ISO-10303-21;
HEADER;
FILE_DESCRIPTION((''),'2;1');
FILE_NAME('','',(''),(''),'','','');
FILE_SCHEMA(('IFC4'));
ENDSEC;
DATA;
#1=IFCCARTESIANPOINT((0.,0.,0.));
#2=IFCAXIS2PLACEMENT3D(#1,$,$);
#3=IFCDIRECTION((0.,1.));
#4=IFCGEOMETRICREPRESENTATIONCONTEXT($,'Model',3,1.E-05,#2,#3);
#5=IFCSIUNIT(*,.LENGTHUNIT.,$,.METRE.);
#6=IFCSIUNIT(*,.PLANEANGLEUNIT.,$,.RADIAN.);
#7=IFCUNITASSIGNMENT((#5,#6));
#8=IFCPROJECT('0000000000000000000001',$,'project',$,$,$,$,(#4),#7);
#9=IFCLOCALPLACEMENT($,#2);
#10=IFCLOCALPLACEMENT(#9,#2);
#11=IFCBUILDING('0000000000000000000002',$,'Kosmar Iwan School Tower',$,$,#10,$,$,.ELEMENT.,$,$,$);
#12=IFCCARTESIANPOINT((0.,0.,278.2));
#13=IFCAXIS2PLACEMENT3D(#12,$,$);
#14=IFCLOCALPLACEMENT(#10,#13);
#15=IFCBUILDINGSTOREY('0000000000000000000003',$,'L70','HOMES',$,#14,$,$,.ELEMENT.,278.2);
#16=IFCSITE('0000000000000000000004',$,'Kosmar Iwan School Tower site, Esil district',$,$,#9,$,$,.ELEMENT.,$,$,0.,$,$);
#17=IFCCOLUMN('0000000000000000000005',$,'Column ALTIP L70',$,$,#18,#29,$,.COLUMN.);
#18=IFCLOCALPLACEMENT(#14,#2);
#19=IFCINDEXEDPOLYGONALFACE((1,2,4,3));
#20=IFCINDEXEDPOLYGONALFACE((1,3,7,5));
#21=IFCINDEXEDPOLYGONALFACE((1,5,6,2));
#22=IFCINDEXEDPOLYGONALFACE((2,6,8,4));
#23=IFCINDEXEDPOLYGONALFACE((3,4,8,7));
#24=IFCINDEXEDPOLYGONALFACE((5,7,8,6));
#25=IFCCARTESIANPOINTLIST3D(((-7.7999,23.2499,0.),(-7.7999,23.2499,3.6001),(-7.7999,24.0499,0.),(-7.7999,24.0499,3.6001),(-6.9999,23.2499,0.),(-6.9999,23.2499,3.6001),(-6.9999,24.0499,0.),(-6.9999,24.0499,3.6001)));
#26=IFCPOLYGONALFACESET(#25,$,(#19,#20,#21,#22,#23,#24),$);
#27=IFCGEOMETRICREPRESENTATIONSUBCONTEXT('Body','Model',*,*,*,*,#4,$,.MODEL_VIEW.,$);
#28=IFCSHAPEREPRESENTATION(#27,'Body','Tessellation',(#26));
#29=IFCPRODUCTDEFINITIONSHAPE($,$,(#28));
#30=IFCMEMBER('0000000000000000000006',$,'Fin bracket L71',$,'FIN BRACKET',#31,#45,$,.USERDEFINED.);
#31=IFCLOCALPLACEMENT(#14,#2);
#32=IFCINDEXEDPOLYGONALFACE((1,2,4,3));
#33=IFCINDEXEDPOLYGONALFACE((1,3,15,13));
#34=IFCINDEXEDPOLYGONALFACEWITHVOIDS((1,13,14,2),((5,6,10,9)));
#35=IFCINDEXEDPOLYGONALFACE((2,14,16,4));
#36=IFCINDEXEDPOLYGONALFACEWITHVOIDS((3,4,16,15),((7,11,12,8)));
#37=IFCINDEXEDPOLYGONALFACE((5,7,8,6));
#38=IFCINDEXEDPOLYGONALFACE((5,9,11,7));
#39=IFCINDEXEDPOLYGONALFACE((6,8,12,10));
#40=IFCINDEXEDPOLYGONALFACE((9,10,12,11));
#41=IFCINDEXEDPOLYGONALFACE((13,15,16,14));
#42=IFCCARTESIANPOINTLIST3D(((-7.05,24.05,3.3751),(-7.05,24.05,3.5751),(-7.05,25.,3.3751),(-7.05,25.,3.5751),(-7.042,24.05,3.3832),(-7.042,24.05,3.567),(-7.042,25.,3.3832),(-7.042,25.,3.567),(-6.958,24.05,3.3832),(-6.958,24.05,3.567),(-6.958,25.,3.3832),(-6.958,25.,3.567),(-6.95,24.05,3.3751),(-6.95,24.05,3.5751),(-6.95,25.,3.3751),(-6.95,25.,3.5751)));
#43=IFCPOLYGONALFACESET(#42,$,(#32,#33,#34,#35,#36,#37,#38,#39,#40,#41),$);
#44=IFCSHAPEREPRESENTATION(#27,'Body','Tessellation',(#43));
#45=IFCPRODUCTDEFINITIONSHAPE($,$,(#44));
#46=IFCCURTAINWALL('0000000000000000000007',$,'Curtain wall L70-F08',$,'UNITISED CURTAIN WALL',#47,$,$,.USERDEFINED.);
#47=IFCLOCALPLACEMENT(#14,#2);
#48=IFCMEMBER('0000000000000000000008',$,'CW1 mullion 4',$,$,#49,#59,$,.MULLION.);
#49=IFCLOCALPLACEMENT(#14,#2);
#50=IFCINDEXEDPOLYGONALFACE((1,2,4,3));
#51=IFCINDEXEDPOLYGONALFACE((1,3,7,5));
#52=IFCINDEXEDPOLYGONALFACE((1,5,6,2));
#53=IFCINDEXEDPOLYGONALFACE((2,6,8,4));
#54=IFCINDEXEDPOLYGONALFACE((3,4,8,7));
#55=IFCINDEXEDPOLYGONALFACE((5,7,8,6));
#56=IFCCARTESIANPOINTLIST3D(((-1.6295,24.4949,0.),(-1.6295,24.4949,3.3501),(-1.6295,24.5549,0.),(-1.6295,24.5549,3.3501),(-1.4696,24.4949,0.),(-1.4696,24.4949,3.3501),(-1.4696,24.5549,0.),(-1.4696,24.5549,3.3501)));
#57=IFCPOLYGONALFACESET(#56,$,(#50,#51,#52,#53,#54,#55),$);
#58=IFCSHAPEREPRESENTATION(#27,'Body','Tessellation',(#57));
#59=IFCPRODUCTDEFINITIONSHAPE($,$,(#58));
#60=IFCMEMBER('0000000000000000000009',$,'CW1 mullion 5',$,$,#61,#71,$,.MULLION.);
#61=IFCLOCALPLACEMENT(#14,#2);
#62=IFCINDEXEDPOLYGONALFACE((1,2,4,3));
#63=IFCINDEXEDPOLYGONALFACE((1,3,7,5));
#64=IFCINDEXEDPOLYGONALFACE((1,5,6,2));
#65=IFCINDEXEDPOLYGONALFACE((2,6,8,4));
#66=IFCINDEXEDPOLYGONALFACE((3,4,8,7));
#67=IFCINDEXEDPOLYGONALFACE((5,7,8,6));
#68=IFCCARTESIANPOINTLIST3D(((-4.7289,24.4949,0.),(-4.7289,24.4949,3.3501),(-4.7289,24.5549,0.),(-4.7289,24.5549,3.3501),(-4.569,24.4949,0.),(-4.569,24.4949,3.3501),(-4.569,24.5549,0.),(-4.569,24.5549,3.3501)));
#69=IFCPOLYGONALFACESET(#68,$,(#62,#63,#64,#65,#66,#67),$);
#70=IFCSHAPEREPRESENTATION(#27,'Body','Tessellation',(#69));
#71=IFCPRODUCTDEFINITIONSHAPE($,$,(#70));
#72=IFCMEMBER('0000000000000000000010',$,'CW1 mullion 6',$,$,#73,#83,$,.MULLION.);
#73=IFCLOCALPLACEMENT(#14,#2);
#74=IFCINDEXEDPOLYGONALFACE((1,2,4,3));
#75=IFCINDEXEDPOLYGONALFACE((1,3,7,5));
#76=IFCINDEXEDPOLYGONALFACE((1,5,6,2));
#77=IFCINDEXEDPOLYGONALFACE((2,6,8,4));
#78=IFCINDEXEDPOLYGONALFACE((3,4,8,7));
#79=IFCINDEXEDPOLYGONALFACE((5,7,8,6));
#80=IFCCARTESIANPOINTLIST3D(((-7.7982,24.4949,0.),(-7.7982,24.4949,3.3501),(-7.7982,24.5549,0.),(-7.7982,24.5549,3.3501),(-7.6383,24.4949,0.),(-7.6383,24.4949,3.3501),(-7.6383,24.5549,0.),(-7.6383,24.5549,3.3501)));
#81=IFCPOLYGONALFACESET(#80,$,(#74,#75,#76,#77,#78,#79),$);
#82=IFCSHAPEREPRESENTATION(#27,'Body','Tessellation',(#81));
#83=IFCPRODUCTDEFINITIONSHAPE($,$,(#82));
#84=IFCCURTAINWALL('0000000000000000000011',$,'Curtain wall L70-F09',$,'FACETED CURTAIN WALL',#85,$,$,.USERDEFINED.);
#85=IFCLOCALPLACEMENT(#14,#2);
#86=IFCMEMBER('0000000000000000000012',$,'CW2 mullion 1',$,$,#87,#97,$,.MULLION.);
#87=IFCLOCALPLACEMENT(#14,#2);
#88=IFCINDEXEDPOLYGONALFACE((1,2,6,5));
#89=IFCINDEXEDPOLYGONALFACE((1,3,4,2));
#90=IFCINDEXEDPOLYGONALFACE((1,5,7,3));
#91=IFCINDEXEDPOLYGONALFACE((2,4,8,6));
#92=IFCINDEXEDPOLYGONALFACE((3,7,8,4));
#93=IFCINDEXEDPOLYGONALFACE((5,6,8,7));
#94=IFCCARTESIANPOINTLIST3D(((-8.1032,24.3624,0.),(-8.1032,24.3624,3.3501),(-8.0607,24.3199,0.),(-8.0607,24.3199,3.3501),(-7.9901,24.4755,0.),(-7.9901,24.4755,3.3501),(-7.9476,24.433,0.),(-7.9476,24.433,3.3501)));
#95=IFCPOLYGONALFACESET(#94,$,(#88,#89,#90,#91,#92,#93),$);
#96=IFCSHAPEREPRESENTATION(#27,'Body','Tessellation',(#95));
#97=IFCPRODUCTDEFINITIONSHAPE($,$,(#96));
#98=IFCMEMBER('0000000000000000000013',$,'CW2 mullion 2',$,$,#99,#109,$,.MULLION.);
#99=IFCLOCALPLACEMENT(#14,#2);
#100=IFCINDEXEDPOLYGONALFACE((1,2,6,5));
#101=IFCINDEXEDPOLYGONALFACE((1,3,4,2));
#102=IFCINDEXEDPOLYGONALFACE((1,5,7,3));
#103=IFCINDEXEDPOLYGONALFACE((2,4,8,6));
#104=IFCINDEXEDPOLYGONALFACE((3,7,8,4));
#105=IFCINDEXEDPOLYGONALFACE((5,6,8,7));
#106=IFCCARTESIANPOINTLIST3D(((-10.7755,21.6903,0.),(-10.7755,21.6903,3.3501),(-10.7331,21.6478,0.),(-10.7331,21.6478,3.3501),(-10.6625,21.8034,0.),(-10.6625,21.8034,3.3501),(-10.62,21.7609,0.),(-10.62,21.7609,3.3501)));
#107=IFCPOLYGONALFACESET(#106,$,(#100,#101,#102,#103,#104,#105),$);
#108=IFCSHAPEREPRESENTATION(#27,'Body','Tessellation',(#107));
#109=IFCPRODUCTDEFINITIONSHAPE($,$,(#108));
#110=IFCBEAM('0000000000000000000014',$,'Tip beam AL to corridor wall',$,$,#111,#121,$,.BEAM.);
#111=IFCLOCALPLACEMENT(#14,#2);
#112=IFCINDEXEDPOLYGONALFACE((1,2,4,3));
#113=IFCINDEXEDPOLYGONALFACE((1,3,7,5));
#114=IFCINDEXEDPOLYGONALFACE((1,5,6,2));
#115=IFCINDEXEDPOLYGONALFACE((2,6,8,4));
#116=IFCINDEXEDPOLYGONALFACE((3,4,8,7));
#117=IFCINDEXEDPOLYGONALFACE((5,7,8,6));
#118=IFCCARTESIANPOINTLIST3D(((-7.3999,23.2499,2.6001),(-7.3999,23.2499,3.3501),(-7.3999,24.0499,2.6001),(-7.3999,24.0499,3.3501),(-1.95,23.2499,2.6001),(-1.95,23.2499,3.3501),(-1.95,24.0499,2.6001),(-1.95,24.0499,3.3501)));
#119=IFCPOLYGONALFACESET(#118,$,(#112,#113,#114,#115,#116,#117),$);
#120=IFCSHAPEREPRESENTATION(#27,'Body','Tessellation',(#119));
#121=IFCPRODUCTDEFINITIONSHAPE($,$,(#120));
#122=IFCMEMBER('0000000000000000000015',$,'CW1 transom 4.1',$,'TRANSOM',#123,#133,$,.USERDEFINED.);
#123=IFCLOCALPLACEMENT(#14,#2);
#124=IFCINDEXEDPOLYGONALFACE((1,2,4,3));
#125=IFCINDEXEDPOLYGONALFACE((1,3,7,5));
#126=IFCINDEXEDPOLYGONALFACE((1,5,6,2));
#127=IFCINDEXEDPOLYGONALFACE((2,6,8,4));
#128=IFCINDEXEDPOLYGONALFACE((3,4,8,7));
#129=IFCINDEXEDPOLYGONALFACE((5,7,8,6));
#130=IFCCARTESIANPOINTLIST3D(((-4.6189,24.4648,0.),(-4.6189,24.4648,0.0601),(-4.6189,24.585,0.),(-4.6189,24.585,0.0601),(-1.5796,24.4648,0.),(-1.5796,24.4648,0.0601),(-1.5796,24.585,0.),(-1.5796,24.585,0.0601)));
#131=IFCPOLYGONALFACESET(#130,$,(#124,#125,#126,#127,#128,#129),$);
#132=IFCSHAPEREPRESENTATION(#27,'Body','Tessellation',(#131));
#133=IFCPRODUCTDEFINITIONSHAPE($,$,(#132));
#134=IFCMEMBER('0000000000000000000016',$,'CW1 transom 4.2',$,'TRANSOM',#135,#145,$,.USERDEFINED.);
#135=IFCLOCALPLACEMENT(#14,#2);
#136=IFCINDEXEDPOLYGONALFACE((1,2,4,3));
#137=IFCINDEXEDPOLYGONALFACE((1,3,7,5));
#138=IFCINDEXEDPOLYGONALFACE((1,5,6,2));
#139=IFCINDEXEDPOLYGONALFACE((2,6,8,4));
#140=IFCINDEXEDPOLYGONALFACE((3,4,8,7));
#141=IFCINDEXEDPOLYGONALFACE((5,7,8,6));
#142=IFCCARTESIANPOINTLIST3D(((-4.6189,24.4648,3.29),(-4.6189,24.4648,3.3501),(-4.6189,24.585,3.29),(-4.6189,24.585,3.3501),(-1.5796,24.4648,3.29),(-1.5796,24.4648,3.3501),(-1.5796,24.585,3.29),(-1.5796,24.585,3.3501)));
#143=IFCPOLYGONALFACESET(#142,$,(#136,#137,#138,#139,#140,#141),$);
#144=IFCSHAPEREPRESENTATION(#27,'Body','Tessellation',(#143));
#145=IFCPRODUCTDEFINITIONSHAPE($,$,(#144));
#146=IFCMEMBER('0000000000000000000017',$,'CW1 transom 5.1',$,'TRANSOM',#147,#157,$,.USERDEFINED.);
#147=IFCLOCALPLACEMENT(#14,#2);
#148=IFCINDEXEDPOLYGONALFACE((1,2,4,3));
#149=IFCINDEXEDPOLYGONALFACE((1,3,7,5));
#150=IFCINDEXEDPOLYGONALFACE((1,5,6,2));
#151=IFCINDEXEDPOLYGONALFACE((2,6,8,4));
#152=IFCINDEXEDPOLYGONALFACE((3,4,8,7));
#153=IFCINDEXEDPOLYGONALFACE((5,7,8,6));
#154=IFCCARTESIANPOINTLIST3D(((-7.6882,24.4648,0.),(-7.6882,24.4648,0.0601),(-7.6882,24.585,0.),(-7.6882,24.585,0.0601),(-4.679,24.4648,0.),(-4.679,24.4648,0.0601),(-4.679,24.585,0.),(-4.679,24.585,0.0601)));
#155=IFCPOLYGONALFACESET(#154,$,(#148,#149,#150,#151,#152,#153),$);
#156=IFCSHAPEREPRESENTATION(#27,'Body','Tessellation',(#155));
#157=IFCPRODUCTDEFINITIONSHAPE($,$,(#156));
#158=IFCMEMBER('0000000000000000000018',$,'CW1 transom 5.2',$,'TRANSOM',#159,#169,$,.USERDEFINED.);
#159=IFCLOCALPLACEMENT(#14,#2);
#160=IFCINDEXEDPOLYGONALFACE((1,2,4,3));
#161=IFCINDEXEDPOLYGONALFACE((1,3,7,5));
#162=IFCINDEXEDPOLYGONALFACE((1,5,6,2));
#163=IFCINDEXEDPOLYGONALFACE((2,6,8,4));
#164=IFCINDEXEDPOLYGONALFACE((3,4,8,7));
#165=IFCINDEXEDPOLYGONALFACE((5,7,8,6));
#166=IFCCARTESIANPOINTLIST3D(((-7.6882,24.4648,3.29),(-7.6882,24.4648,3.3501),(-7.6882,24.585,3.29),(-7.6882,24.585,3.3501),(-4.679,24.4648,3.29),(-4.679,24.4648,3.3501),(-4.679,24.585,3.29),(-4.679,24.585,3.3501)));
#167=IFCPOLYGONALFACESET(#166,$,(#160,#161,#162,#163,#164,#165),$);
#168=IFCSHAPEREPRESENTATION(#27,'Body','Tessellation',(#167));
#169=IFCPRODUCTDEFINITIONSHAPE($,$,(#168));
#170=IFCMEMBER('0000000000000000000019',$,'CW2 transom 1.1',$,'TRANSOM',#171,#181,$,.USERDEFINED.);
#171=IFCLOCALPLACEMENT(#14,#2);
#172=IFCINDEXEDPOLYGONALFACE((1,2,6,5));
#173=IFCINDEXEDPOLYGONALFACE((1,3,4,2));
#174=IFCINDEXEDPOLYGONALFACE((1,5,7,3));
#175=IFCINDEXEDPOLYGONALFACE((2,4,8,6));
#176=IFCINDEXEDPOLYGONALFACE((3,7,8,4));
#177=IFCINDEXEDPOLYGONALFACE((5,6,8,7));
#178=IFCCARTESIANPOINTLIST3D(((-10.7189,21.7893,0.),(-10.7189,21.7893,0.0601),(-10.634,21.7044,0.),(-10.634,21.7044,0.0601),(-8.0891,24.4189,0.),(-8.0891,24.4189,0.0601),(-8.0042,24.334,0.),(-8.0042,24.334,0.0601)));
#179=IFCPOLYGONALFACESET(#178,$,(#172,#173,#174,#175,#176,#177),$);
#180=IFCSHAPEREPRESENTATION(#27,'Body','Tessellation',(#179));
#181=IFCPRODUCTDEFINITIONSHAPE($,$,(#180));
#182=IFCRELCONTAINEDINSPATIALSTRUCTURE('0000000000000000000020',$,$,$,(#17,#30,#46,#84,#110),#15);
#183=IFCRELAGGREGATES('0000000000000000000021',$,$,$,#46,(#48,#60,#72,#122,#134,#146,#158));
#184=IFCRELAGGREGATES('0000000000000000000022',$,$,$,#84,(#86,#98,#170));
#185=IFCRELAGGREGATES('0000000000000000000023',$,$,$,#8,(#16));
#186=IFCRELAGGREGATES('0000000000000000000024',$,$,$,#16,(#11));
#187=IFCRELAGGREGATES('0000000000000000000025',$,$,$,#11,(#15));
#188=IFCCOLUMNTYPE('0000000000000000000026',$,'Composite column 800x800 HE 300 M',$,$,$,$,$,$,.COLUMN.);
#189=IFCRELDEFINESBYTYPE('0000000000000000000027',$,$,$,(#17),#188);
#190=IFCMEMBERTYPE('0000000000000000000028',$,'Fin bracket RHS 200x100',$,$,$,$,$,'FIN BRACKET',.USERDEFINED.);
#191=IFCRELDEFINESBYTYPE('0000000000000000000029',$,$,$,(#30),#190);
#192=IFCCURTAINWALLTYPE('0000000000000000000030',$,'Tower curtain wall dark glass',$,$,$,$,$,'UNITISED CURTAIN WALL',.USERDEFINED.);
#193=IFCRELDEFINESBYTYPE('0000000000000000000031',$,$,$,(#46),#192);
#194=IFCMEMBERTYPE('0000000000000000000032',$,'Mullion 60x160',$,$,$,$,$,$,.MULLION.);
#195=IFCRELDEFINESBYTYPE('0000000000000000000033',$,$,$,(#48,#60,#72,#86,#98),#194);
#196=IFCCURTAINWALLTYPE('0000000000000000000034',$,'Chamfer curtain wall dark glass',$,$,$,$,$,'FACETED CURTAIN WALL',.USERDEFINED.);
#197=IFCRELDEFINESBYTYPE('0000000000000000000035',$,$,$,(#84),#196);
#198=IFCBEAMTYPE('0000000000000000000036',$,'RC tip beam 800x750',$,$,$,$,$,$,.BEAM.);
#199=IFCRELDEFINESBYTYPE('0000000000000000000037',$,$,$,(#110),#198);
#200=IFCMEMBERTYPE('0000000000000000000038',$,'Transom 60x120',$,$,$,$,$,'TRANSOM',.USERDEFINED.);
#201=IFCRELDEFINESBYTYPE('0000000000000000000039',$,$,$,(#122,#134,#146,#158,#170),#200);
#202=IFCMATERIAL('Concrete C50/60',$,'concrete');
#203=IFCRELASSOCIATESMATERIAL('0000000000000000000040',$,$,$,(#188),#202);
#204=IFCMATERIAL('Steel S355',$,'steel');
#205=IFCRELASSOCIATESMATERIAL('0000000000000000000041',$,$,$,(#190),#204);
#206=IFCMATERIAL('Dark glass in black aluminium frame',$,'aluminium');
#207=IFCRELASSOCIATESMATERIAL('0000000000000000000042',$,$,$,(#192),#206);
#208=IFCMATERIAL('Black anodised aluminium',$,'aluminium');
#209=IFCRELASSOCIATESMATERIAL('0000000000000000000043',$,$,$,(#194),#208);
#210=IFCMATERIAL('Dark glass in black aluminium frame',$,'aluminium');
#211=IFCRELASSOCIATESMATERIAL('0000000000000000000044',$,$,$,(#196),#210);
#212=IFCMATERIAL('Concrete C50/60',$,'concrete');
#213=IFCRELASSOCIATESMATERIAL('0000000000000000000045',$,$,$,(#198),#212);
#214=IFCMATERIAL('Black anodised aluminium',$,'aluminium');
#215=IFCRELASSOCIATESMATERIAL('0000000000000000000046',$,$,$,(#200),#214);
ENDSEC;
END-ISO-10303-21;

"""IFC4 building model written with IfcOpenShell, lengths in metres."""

from ifc_helpers import new_model, si_unit, direction, frame, origin, origin_2d, place, context, subcontext, project, spatial, rectangle, hollow_rectangle, extrude, material, material_profile, profile_set, type_object, element, aggregate, save


model = new_model("IFC4")

# Units and contexts
model_context = context("Model", 3, precision=1e-05, world=origin(), true_north=direction((0.0, 1.0)))
body_context = subcontext(model_context, "Body", "Model", "MODEL_VIEW")
ifc_project = project(units=[si_unit("LENGTHUNIT", "METRE"), si_unit("PLANEANGLEUNIT", "RADIAN")], contexts=[model_context])

# Site, building, storey
site_placement = place(None, origin())
site = spatial("IfcSite", under=ifc_project, at=site_placement, Name="Kosmar Iwan School Tower site, Esil district", CompositionType="ELEMENT", RefElevation=0.0)
building_placement = place(site_placement, origin())
building = spatial("IfcBuilding", under=site, at=building_placement, Name="Kosmar Iwan School Tower", CompositionType="ELEMENT")
storey_placement = place(building_placement, frame((0.0, 0.0, 278.2)))
storey = spatial("IfcBuildingStorey", under=building, at=storey_placement, Name="L70", Description="HOMES", CompositionType="ELEMENT", Elevation=278.2)

# Column
ifc_material_1 = material(Name="Concrete C50/60", Category="concrete")
ifc_material_profile_1 = material_profile(ifc_material_1, rectangle(XDim=0.8, YDim=0.8, at=origin_2d()), Name="RC 800x800 + HE 300 M")
ifc_profile_set_1 = profile_set([ifc_material_profile_1], Name="Concrete C50/60")
column_type = type_object("IfcColumnType", Name="Composite column 800x800 HE 300 M", PredefinedType="COLUMN", material=ifc_profile_set_1)
column_placement = place(storey_placement, frame((-7.3999, 23.6499, 0.0), z_axis=(0.0, 0.0, 1.0), x_axis=(0.0, 1.0, 0.0)))
element("IfcColumn", 1, at=column_placement, inside=storey, type_object=column_type, Name="Column ALTIP L70", PredefinedType="COLUMN", context=body_context, shape_type="SweptSolid", body=[
    extrude(rectangle(XDim=0.8, YDim=0.8, at=origin_2d()), origin(), (0.0, 0.0, 1.0), 3.6001),
])

# Member
ifc_material_2 = material(Name="Steel S355", Category="steel")
ifc_material_profile_2 = material_profile(ifc_material_2, hollow_rectangle(XDim=0.1001, YDim=0.2, WallThickness=0.0081, at=origin_2d()), Name="RHS 200x100x8")
ifc_profile_set_2 = profile_set([ifc_material_profile_2], Name="Steel S355")
member_type_1 = type_object("IfcMemberType", Name="Fin bracket RHS 200x100", ElementType="FIN BRACKET", PredefinedType="USERDEFINED", material=ifc_profile_set_2)
member_1_placement = place(storey_placement, frame((-7.0, 24.05, 3.4751), z_axis=(0.0, 1.0, 0.0), x_axis=(-1.0, 0.0, 0.0)))
element("IfcMember", 2, at=member_1_placement, inside=storey, type_object=member_type_1, Name="Fin bracket L71", ObjectType="FIN BRACKET", PredefinedType="USERDEFINED", context=body_context, shape_type="SweptSolid", body=[
    extrude(hollow_rectangle(XDim=0.1001, YDim=0.2, WallThickness=0.0081, at=origin_2d()), origin(), (0.0, 0.0, 1.0), 0.95),
])

# Curtain walls, members
ifc_material_3 = material(Name="Dark glass in black aluminium frame", Category="aluminium")
curtain_wall_type_1 = type_object("IfcCurtainWallType", Name="Tower curtain wall dark glass", ElementType="UNITISED CURTAIN WALL", PredefinedType="USERDEFINED", material=ifc_material_3)
curtain_wall_1_placement = place(storey_placement, origin())
curtain_wall_1 = element("IfcCurtainWall", 3, at=curtain_wall_1_placement, inside=storey, type_object=curtain_wall_type_1, Name="Curtain wall L70-F08", ObjectType="UNITISED CURTAIN WALL", PredefinedType="USERDEFINED")
ifc_material_4 = material(Name="Black anodised aluminium", Category="aluminium")
ifc_material_profile_3 = material_profile(ifc_material_4, rectangle(XDim=0.0601, YDim=0.1599, at=origin_2d()), Name="MULLION 60x160")
ifc_profile_set_3 = profile_set([ifc_material_profile_3], Name="Black anodised aluminium")
member_type_2 = type_object("IfcMemberType", Name="Mullion 60x160", PredefinedType="MULLION", material=ifc_profile_set_3)
member_2_placement = place(storey_placement, frame((-1.5496, 24.5249, 0.0), z_axis=(0.0, 0.0, 1.0), x_axis=(0.0, -1.0, 0.0)))
member_2 = element("IfcMember", 4, at=member_2_placement, type_object=member_type_2, Name="CW1 mullion 4", PredefinedType="MULLION", context=body_context, shape_type="SweptSolid", body=[
    extrude(rectangle(XDim=0.0601, YDim=0.1599, at=origin_2d()), origin(), (0.0, 0.0, 1.0), 3.3501),
])
member_3_placement = place(storey_placement, frame((-4.6489, 24.5249, 0.0), z_axis=(0.0, 0.0, 1.0), x_axis=(0.0, -1.0, 0.0)))
member_3 = element("IfcMember", 5, at=member_3_placement, type_object=member_type_2, Name="CW1 mullion 5", PredefinedType="MULLION", context=body_context, shape_type="SweptSolid", body=[
    extrude(rectangle(XDim=0.0601, YDim=0.1599, at=origin_2d()), origin(), (0.0, 0.0, 1.0), 3.3501),
])
member_4_placement = place(storey_placement, frame((-7.7183, 24.5249, 0.0), z_axis=(0.0, 0.0, 1.0), x_axis=(0.0, -1.0, 0.0)))
member_4 = element("IfcMember", 6, at=member_4_placement, type_object=member_type_2, Name="CW1 mullion 6", PredefinedType="MULLION", context=body_context, shape_type="SweptSolid", body=[
    extrude(rectangle(XDim=0.0601, YDim=0.1599, at=origin_2d()), origin(), (0.0, 0.0, 1.0), 3.3501),
])
ifc_material_5 = material(Name="Dark glass in black aluminium frame", Category="aluminium")
curtain_wall_type_2 = type_object("IfcCurtainWallType", Name="Chamfer curtain wall dark glass", ElementType="FACETED CURTAIN WALL", PredefinedType="USERDEFINED", material=ifc_material_5)
curtain_wall_2_placement = place(storey_placement, origin())
curtain_wall_2 = element("IfcCurtainWall", 7, at=curtain_wall_2_placement, inside=storey, type_object=curtain_wall_type_2, Name="Curtain wall L70-F09", ObjectType="FACETED CURTAIN WALL", PredefinedType="USERDEFINED")
member_5_placement = place(storey_placement, frame((-8.0254, 24.3977, 0.0), z_axis=(0.0, 0.0, 1.0), x_axis=(0.707107, -0.707107, 0.0)))
member_5 = element("IfcMember", 8, at=member_5_placement, type_object=member_type_2, Name="CW2 mullion 1", PredefinedType="MULLION", context=body_context, shape_type="SweptSolid", body=[
    extrude(rectangle(XDim=0.0601, YDim=0.1599, at=origin_2d()), origin(), (0.0, 0.0, 1.0), 3.3501),
])
member_6_placement = place(storey_placement, frame((-10.6978, 21.7256, 0.0), z_axis=(0.0, 0.0, 1.0), x_axis=(0.707107, -0.707107, 0.0)))
member_6 = element("IfcMember", 9, at=member_6_placement, type_object=member_type_2, Name="CW2 mullion 2", PredefinedType="MULLION", context=body_context, shape_type="SweptSolid", body=[
    extrude(rectangle(XDim=0.0601, YDim=0.1599, at=origin_2d()), origin(), (0.0, 0.0, 1.0), 3.3501),
])

# Beam
ifc_material_6 = material(Name="Concrete C50/60", Category="concrete")
ifc_material_profile_4 = material_profile(ifc_material_6, rectangle(XDim=0.8, YDim=0.75, at=origin_2d()), Name="RC 800x750")
ifc_profile_set_4 = profile_set([ifc_material_profile_4], Name="Concrete C50/60")
beam_type = type_object("IfcBeamType", Name="RC tip beam 800x750", PredefinedType="BEAM", material=ifc_profile_set_4)
beam_placement = place(storey_placement, frame((-7.3999, 23.6499, 2.9751), z_axis=(1.0, 0.0, 0.0), x_axis=(0.0, 1.0, 0.0)))
element("IfcBeam", 10, at=beam_placement, inside=storey, type_object=beam_type, Name="Tip beam AL to corridor wall", PredefinedType="BEAM", context=body_context, shape_type="SweptSolid", body=[
    extrude(rectangle(XDim=0.8, YDim=0.75, at=origin_2d()), origin(), (0.0, 0.0, 1.0), 5.45),
])

# Members
ifc_material_7 = material(Name="Black anodised aluminium", Category="aluminium")
ifc_material_profile_5 = material_profile(ifc_material_7, rectangle(XDim=0.1201, YDim=0.0601, at=origin_2d()), Name="TRANSOM 60x120")
ifc_profile_set_5 = profile_set([ifc_material_profile_5], Name="Black anodised aluminium")
member_type_3 = type_object("IfcMemberType", Name="Transom 60x120", ElementType="TRANSOM", PredefinedType="USERDEFINED", material=ifc_profile_set_5)
member_7_placement = place(storey_placement, frame((-1.5796, 24.5249, 0.03), z_axis=(-1.0, 0.0, 0.0), x_axis=(0.0, -1.0, 0.0)))
member_7 = element("IfcMember", 11, at=member_7_placement, type_object=member_type_3, Name="CW1 transom 4.1", ObjectType="TRANSOM", PredefinedType="USERDEFINED", context=body_context, shape_type="SweptSolid", body=[
    extrude(rectangle(XDim=0.1201, YDim=0.0601, at=origin_2d()), origin(), (0.0, 0.0, 1.0), 3.0393),
])
member_8_placement = place(storey_placement, frame((-1.5796, 24.5249, 3.3201), z_axis=(-1.0, 0.0, 0.0), x_axis=(0.0, -1.0, 0.0)))
member_8 = element("IfcMember", 12, at=member_8_placement, type_object=member_type_3, Name="CW1 transom 4.2", ObjectType="TRANSOM", PredefinedType="USERDEFINED", context=body_context, shape_type="SweptSolid", body=[
    extrude(rectangle(XDim=0.1201, YDim=0.0601, at=origin_2d()), origin(), (0.0, 0.0, 1.0), 3.0393),
])
member_9_placement = place(storey_placement, frame((-4.679, 24.5249, 0.03), z_axis=(-1.0, 0.0, 0.0), x_axis=(0.0, -1.0, 0.0)))
member_9 = element("IfcMember", 13, at=member_9_placement, type_object=member_type_3, Name="CW1 transom 5.1", ObjectType="TRANSOM", PredefinedType="USERDEFINED", context=body_context, shape_type="SweptSolid", body=[
    extrude(rectangle(XDim=0.1201, YDim=0.0601, at=origin_2d()), origin(), (0.0, 0.0, 1.0), 3.0093),
])
member_10_placement = place(storey_placement, frame((-4.679, 24.5249, 3.3201), z_axis=(-1.0, 0.0, 0.0), x_axis=(0.0, -1.0, 0.0)))
member_10 = element("IfcMember", 14, at=member_10_placement, type_object=member_type_3, Name="CW1 transom 5.2", ObjectType="TRANSOM", PredefinedType="USERDEFINED", context=body_context, shape_type="SweptSolid", body=[
    extrude(rectangle(XDim=0.1201, YDim=0.0601, at=origin_2d()), origin(), (0.0, 0.0, 1.0), 3.0093),
])
member_11_placement = place(storey_placement, frame((-8.0466, 24.3765, 0.03), z_axis=(-0.70714, -0.707074, 0.0), x_axis=(0.707074, -0.70714, 0.0)))
member_11 = element("IfcMember", 15, at=member_11_placement, type_object=member_type_3, Name="CW2 transom 1.1", ObjectType="TRANSOM", PredefinedType="USERDEFINED", context=body_context, shape_type="SweptSolid", body=[
    extrude(rectangle(XDim=0.1201, YDim=0.0601, at=origin_2d()), origin(), (0.0, 0.0, 1.0), 3.719),
])

aggregate(curtain_wall_1, [member_2, member_3, member_4, member_7, member_8, member_9, member_10])
aggregate(curtain_wall_2, [member_5, member_6, member_11])

save(model, "model.ifc")
